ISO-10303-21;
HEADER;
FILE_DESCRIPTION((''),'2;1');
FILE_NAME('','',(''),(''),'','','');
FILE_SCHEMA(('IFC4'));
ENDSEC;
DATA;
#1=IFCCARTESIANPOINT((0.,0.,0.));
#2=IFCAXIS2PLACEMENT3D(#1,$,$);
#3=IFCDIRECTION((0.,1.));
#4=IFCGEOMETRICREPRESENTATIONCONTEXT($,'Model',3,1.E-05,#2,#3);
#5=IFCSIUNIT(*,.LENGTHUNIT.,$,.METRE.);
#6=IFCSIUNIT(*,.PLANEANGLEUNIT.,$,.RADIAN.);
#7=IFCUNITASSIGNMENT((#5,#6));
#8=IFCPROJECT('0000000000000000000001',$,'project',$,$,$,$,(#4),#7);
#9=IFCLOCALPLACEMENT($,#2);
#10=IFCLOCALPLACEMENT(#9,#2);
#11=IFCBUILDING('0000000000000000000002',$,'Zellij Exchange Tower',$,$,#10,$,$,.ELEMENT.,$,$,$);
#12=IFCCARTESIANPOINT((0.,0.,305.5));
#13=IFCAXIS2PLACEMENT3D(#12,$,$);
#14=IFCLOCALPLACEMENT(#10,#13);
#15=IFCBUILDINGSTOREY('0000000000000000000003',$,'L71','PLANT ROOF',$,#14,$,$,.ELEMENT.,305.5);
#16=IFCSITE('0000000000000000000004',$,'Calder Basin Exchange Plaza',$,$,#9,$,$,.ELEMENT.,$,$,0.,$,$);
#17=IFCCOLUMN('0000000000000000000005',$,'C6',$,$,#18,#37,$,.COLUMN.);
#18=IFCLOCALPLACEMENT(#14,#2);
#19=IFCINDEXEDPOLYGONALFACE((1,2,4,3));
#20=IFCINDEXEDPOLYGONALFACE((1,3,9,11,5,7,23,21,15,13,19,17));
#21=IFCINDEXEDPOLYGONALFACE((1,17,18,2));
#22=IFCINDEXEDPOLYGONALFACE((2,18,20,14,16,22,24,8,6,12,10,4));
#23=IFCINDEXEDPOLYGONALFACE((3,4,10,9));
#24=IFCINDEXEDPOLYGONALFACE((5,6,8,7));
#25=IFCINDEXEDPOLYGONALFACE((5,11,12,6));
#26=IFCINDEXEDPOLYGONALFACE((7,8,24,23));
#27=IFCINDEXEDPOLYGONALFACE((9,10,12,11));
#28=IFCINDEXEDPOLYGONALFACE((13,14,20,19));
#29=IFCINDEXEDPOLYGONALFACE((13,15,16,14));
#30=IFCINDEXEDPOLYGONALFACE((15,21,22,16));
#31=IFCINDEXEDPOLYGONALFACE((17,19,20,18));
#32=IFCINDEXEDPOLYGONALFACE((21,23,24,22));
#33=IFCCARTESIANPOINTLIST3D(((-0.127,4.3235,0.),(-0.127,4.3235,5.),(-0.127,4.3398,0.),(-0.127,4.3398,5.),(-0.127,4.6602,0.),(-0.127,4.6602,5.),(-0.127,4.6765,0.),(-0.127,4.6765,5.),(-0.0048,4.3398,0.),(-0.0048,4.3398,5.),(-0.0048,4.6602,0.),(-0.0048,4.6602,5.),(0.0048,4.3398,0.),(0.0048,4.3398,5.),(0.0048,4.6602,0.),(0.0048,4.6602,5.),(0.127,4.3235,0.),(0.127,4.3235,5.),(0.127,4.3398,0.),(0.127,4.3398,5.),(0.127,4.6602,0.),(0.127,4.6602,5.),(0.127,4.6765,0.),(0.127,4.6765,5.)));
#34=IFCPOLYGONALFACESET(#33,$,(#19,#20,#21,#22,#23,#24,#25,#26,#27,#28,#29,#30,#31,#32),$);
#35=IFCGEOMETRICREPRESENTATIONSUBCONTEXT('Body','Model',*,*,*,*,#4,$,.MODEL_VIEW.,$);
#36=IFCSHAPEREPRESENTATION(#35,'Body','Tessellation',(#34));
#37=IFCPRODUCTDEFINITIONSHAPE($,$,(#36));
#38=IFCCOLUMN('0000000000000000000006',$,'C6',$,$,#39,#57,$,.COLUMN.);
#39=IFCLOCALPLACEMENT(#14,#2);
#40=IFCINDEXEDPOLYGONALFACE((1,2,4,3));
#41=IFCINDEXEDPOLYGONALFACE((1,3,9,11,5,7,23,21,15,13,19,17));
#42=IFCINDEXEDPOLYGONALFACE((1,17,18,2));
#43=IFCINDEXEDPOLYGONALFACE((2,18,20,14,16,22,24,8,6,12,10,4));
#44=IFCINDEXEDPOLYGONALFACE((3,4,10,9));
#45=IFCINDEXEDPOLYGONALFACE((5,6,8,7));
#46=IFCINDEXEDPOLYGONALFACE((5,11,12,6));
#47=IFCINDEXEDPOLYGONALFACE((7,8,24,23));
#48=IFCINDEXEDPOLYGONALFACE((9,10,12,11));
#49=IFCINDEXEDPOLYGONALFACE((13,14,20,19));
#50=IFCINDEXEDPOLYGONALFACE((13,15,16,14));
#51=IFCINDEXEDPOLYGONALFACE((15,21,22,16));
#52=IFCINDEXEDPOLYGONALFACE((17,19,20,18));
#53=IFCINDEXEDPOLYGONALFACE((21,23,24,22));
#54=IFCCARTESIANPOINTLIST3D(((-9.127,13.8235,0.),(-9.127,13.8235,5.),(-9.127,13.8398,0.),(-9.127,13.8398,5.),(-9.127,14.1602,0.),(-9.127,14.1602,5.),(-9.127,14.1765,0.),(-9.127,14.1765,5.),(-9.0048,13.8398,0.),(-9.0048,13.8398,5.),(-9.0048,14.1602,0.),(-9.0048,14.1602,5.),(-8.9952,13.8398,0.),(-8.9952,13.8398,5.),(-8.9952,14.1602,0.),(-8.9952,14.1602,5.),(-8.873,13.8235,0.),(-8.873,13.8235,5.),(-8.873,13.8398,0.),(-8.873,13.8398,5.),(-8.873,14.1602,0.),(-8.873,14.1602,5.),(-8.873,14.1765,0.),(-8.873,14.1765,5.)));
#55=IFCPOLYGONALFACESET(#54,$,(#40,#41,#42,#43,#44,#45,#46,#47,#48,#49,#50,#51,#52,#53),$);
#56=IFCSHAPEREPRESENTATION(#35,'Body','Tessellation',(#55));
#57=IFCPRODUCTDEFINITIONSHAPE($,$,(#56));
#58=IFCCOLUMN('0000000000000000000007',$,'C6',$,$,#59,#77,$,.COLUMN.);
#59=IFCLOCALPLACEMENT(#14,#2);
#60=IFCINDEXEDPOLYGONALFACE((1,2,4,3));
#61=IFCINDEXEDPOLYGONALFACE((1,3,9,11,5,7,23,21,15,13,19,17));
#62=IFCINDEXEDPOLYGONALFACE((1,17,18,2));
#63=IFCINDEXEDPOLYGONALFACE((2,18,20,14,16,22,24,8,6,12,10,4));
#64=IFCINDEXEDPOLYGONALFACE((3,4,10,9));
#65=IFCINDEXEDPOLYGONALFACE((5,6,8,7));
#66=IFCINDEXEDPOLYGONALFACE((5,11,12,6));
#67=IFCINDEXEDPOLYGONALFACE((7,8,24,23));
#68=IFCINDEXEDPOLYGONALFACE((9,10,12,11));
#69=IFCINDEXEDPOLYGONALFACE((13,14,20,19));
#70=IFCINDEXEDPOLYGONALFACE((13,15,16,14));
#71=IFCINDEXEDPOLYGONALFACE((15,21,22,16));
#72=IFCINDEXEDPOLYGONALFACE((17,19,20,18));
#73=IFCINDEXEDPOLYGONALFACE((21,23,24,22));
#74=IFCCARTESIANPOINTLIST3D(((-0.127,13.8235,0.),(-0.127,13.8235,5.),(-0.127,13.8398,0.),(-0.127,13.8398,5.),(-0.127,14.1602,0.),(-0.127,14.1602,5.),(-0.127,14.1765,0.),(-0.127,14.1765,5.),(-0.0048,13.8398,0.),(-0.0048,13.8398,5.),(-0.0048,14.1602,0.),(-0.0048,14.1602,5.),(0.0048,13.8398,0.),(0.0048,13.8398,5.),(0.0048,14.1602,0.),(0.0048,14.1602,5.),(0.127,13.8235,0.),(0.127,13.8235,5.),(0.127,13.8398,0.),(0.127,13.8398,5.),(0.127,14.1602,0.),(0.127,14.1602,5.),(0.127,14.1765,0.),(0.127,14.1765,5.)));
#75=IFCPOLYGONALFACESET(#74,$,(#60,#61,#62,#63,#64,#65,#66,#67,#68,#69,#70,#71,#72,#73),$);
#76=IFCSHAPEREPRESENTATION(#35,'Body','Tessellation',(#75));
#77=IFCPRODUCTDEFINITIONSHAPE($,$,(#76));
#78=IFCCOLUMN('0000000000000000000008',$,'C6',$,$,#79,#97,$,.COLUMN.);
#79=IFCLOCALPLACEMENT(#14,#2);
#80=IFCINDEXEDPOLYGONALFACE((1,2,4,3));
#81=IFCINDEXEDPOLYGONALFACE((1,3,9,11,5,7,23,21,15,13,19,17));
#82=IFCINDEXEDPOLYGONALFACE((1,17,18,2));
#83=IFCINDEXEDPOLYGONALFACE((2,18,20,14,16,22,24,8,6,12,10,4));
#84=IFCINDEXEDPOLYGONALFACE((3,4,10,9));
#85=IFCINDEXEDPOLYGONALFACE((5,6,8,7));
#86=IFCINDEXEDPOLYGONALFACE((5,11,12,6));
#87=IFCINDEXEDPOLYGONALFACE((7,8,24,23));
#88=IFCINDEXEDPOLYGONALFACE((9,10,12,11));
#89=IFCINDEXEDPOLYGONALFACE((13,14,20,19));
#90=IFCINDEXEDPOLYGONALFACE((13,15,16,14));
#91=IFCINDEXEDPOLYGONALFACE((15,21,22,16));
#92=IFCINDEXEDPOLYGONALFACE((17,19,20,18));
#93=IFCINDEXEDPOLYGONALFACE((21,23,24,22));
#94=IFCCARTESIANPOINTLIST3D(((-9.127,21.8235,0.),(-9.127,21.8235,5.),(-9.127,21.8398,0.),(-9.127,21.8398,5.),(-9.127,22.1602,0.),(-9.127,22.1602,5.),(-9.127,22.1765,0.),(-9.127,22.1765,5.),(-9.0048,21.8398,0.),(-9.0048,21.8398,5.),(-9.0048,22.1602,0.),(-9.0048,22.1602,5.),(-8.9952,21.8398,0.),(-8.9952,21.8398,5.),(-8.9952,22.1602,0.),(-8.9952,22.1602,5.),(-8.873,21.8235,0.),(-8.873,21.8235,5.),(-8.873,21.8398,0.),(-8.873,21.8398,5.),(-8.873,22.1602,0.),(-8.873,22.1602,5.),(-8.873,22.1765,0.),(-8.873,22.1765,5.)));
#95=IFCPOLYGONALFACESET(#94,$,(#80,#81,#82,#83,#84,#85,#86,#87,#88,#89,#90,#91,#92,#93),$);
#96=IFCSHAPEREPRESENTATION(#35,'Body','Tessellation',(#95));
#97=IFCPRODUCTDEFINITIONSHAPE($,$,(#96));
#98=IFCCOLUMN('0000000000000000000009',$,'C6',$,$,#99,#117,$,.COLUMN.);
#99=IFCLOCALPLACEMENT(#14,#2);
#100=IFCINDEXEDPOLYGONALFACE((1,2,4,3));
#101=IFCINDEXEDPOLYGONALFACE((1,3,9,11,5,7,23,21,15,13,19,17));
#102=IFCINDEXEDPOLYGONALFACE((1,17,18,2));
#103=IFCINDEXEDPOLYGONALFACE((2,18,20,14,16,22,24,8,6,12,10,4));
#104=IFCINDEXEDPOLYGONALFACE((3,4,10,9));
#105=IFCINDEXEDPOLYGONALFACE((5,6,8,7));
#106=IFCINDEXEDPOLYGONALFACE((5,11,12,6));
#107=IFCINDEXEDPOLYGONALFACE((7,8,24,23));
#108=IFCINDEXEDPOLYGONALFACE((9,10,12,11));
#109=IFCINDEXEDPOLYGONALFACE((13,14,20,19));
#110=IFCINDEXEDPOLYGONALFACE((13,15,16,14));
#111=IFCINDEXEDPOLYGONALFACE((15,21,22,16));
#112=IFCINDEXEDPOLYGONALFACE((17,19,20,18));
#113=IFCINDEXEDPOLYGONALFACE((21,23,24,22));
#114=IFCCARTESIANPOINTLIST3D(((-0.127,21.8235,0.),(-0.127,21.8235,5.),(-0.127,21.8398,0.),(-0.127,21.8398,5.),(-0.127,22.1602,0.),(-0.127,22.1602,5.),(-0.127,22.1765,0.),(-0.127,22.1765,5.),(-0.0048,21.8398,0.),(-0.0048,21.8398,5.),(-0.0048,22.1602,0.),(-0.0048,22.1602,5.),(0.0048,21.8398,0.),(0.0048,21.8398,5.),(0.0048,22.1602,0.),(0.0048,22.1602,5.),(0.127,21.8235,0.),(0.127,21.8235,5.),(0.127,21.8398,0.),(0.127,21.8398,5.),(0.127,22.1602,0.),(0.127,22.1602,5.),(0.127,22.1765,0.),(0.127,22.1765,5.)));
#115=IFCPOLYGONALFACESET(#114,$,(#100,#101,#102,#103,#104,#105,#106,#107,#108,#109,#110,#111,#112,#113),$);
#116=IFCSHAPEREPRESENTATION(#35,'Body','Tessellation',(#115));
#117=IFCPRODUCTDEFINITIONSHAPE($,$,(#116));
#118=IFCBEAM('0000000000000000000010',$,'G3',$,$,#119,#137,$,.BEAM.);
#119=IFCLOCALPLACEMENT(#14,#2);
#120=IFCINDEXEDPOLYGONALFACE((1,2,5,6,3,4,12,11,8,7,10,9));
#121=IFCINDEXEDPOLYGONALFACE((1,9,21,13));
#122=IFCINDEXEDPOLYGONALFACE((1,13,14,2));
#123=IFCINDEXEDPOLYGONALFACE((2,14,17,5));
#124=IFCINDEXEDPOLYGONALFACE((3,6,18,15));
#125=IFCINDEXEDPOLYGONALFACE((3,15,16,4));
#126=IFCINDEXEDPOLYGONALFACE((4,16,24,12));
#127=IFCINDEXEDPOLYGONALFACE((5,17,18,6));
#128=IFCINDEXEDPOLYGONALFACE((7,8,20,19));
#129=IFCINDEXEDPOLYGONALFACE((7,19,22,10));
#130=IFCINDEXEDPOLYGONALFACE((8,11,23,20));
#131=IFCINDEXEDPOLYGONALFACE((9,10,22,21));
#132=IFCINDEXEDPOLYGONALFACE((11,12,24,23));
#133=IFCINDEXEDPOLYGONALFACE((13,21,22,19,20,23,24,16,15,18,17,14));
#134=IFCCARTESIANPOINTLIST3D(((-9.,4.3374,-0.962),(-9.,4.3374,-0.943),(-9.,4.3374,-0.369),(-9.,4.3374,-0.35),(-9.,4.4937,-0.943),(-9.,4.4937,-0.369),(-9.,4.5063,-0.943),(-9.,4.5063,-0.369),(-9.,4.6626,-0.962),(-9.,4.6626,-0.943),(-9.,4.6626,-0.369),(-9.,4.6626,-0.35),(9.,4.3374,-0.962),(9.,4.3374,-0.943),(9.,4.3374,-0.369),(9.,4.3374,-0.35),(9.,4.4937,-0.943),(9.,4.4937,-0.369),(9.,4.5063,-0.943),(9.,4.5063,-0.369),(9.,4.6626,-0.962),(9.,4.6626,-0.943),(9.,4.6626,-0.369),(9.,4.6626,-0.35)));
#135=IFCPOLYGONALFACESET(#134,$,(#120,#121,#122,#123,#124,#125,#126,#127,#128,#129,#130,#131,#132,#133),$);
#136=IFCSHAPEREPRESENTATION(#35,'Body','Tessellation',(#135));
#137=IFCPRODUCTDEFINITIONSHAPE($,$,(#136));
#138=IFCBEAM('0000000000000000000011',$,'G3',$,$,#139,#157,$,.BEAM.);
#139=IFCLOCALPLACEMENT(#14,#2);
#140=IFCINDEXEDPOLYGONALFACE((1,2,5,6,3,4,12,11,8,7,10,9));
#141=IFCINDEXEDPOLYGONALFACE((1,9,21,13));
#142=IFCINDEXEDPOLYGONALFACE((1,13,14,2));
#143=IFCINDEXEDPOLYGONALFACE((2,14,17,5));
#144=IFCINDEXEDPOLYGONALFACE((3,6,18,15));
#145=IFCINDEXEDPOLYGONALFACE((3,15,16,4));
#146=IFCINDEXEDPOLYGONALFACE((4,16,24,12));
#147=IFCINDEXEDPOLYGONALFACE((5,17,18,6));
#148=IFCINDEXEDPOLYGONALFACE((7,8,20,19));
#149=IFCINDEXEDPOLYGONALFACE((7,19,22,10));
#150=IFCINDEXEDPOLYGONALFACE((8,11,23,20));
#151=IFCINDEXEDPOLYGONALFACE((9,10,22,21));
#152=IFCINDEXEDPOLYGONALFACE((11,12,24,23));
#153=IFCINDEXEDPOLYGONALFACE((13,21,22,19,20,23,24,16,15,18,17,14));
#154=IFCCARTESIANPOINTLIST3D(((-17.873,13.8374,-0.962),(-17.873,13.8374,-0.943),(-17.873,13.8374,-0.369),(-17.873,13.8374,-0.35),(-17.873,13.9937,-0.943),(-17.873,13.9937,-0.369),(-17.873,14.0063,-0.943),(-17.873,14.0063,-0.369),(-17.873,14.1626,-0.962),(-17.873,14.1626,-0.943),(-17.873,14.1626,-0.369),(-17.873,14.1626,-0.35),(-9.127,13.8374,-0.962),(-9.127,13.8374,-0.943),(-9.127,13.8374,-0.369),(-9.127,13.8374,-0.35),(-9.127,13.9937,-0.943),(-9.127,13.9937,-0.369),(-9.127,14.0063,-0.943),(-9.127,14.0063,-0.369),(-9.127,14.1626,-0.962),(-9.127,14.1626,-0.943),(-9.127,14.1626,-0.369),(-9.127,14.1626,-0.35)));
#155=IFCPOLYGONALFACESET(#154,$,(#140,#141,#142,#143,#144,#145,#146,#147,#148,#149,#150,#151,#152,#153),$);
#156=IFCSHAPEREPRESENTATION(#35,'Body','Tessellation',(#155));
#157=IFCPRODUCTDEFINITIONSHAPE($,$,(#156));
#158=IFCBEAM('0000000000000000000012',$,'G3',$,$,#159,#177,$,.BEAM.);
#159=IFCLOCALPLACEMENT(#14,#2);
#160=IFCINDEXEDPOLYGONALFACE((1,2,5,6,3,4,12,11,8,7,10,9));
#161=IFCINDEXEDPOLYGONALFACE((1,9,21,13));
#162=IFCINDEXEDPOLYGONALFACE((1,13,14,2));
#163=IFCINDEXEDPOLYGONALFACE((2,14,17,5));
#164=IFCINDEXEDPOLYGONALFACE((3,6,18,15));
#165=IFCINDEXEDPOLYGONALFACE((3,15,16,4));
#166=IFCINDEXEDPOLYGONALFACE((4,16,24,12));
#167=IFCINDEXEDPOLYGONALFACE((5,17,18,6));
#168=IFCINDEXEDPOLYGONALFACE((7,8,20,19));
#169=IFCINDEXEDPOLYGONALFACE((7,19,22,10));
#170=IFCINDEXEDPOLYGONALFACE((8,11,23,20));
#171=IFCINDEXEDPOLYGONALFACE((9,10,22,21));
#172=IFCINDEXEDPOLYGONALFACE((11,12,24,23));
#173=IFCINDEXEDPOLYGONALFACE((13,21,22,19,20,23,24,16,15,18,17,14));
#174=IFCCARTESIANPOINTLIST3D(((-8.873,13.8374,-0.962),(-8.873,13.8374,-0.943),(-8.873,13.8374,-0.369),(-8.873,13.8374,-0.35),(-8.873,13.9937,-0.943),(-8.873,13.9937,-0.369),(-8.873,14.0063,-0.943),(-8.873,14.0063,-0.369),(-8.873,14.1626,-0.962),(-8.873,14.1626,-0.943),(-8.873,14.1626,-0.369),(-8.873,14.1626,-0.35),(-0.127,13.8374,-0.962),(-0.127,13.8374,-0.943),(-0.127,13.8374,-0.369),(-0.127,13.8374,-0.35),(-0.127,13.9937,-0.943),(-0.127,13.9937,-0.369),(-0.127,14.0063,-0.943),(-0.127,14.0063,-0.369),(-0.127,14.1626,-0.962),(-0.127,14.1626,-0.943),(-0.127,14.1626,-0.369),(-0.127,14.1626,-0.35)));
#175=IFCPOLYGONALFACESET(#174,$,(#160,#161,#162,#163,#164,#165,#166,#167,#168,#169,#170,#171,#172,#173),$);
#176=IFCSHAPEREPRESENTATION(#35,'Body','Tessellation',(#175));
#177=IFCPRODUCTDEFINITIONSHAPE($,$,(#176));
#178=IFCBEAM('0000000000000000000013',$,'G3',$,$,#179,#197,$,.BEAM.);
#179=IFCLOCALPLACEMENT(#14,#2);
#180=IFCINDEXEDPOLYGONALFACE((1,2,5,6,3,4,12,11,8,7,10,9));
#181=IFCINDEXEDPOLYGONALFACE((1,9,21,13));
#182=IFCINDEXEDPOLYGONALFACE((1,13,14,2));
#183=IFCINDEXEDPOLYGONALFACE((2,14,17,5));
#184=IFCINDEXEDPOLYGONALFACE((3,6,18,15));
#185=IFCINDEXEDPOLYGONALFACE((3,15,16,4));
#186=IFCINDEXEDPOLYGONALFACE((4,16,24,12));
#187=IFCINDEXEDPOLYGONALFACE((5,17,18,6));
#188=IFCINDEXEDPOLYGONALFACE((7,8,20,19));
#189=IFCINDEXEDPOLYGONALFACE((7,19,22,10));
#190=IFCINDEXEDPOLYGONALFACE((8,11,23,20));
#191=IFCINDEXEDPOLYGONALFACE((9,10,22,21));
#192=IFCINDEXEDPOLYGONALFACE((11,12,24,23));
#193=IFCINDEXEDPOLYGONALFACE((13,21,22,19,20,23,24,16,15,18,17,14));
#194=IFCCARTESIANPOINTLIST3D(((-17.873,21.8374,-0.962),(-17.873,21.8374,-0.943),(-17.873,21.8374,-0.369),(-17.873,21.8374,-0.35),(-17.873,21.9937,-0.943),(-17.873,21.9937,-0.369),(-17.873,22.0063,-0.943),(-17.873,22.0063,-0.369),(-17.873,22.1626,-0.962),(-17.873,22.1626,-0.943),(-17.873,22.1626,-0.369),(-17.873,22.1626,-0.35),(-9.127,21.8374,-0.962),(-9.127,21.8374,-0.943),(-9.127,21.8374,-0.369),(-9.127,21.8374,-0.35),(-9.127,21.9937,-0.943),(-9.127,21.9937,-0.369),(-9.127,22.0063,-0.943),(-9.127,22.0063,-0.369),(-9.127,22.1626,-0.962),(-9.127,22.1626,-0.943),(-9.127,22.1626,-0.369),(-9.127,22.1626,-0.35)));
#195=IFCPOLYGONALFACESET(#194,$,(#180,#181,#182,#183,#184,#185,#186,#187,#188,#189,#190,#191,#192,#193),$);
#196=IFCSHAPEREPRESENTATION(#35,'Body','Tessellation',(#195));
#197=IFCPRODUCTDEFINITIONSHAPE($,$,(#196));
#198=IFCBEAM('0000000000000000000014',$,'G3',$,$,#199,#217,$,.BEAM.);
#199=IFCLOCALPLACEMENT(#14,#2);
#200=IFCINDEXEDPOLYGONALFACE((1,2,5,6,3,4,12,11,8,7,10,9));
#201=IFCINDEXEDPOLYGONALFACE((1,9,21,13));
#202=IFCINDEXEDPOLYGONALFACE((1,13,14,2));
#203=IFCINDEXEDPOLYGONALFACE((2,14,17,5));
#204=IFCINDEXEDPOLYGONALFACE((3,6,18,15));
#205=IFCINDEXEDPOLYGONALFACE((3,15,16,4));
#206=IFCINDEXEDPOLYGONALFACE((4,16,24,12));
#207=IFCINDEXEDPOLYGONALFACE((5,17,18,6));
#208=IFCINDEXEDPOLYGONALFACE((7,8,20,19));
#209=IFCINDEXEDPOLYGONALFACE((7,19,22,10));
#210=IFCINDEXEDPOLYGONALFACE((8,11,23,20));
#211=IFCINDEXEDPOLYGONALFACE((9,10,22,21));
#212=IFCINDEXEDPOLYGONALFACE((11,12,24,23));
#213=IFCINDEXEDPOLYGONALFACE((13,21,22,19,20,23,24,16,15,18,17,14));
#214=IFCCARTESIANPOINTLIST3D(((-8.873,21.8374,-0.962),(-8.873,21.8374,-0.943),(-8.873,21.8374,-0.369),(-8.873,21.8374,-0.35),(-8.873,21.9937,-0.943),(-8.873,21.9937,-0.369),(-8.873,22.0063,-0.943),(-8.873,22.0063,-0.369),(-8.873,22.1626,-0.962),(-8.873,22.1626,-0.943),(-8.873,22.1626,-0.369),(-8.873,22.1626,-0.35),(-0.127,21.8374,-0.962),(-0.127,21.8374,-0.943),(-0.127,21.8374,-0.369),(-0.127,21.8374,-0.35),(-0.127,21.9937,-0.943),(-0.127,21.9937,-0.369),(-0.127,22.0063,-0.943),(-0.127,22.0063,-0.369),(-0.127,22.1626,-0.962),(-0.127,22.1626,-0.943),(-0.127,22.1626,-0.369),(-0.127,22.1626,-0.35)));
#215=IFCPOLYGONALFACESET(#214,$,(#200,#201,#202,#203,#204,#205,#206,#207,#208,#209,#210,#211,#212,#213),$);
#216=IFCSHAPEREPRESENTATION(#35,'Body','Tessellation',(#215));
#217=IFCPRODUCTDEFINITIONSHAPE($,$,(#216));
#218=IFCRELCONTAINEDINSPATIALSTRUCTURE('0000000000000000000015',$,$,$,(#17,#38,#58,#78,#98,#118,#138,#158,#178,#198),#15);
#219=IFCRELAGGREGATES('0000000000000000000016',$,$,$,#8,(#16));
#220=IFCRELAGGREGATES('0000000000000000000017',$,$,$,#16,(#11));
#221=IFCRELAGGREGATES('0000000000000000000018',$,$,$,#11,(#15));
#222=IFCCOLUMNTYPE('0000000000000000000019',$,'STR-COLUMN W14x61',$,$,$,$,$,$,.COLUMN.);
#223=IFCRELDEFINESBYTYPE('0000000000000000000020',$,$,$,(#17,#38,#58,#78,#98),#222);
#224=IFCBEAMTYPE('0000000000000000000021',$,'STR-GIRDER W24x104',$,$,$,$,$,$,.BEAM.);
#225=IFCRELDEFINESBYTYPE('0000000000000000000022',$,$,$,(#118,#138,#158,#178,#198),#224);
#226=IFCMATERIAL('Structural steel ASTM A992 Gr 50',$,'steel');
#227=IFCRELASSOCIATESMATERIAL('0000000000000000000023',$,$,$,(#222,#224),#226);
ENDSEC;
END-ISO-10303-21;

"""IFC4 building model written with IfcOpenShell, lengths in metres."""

from ifc_helpers import new_model, si_unit, direction, frame, origin, origin_2d, place, context, subcontext, project, spatial, i_section, extrude, material, material_profile, profile_set, type_object, element, save


model = new_model("IFC4")

# Units and contexts
model_context = context("Model", 3, precision=1e-05, world=origin(), true_north=direction((0.0, 1.0)))
body_context = subcontext(model_context, "Body", "Model", "MODEL_VIEW")
ifc_project = project(units=[si_unit("LENGTHUNIT", "METRE"), si_unit("PLANEANGLEUNIT", "RADIAN")], contexts=[model_context])

# Site, building, storey
site_placement = place(None, origin())
site = spatial("IfcSite", under=ifc_project, at=site_placement, Name="Calder Basin Exchange Plaza", CompositionType="ELEMENT", RefElevation=0.0)
building_placement = place(site_placement, origin())
building = spatial("IfcBuilding", under=site, at=building_placement, Name="Zellij Exchange Tower", CompositionType="ELEMENT")
storey_placement = place(building_placement, frame((0.0, 0.0, 305.5)))
storey = spatial("IfcBuildingStorey", under=building, at=storey_placement, Name="L71", Description="PLANT ROOF", CompositionType="ELEMENT", Elevation=305.5)

# Columns
ifc_material_1 = material(Name="Structural steel ASTM A992 Gr 50", Category="steel")
ifc_material_profile_1 = material_profile(ifc_material_1, i_section(OverallWidth=0.2539, OverallDepth=0.353, WebThickness=0.0095, FlangeThickness=0.0164, at=origin_2d()), Name="W14x61")
ifc_profile_set_1 = profile_set([ifc_material_profile_1], Name="Structural steel ASTM A992 Gr 50")
column_type = type_object("IfcColumnType", Name="STR-COLUMN W14x61", PredefinedType="COLUMN", material=ifc_profile_set_1)
for number, where, z_axis, x_axis, name in (
    (1, (0.0, 4.5, 0.0), (0.0, 0.0, 1.0), (1.0, 0.0, 0.0), "C6"),
    (2, (-9.0, 14.0, 0.0), (0.0, 0.0, 1.0), (1.0, 0.0, 0.0), "C6"),
    (3, (0.0, 14.0, 0.0), (0.0, 0.0, 1.0), (1.0, 0.0, 0.0), "C6"),
    (4, (-9.0, 22.0, 0.0), (0.0, 0.0, 1.0), (1.0, 0.0, 0.0), "C6"),
    (5, (0.0, 22.0, 0.0), (0.0, 0.0, 1.0), (1.0, 0.0, 0.0), "C6"),
):
    element("IfcColumn", number, at=place(storey_placement, frame(where, z_axis=z_axis, x_axis=x_axis)), inside=storey, type_object=column_type, Name=name, PredefinedType="COLUMN", context=body_context, shape_type="SweptSolid", body=[
        extrude(i_section(OverallWidth=0.2539, OverallDepth=0.353, WebThickness=0.0095, FlangeThickness=0.0164, at=origin_2d()), origin(), (0.0, 0.0, 1.0), 5.0),
    ])

# Beams
ifc_material_profile_2 = material_profile(ifc_material_1, i_section(OverallWidth=0.3252, OverallDepth=0.6121, WebThickness=0.0127, FlangeThickness=0.019, at=origin_2d()), Name="W24x104")
ifc_profile_set_2 = profile_set([ifc_material_profile_2], Name="Structural steel ASTM A992 Gr 50")
beam_type = type_object("IfcBeamType", Name="STR-GIRDER W24x104", PredefinedType="BEAM", material=ifc_profile_set_2)
beam_1_placement = place(storey_placement, frame((-9.0, 4.5, -0.656), z_axis=(1.0, 0.0, 0.0), x_axis=(0.0, 1.0, 0.0)))
element("IfcBeam", 6, at=beam_1_placement, inside=storey, type_object=beam_type, Name="G3", PredefinedType="BEAM", context=body_context, shape_type="SweptSolid", body=[
    extrude(i_section(OverallWidth=0.3252, OverallDepth=0.6121, WebThickness=0.0127, FlangeThickness=0.019, at=origin_2d()), origin(), (0.0, 0.0, 1.0), 18.0),
])
for number, where, z_axis, x_axis, name in (
    (7, (-17.873, 14.0, -0.656), (1.0, 0.0, 0.0), (0.0, 1.0, 0.0), "G3"),
    (8, (-8.873, 14.0, -0.656), (1.0, 0.0, 0.0), (0.0, 1.0, 0.0), "G3"),
    (9, (-17.873, 22.0, -0.656), (1.0, 0.0, 0.0), (0.0, 1.0, 0.0), "G3"),
    (10, (-8.873, 22.0, -0.656), (1.0, 0.0, 0.0), (0.0, 1.0, 0.0), "G3"),
):
    element("IfcBeam", number, at=place(storey_placement, frame(where, z_axis=z_axis, x_axis=x_axis)), inside=storey, type_object=beam_type, Name=name, PredefinedType="BEAM", context=body_context, shape_type="SweptSolid", body=[
        extrude(i_section(OverallWidth=0.3252, OverallDepth=0.6121, WebThickness=0.0127, FlangeThickness=0.019, at=origin_2d()), origin(), (0.0, 0.0, 1.0), 8.7461),
    ])

save(model, "model.ifc")
